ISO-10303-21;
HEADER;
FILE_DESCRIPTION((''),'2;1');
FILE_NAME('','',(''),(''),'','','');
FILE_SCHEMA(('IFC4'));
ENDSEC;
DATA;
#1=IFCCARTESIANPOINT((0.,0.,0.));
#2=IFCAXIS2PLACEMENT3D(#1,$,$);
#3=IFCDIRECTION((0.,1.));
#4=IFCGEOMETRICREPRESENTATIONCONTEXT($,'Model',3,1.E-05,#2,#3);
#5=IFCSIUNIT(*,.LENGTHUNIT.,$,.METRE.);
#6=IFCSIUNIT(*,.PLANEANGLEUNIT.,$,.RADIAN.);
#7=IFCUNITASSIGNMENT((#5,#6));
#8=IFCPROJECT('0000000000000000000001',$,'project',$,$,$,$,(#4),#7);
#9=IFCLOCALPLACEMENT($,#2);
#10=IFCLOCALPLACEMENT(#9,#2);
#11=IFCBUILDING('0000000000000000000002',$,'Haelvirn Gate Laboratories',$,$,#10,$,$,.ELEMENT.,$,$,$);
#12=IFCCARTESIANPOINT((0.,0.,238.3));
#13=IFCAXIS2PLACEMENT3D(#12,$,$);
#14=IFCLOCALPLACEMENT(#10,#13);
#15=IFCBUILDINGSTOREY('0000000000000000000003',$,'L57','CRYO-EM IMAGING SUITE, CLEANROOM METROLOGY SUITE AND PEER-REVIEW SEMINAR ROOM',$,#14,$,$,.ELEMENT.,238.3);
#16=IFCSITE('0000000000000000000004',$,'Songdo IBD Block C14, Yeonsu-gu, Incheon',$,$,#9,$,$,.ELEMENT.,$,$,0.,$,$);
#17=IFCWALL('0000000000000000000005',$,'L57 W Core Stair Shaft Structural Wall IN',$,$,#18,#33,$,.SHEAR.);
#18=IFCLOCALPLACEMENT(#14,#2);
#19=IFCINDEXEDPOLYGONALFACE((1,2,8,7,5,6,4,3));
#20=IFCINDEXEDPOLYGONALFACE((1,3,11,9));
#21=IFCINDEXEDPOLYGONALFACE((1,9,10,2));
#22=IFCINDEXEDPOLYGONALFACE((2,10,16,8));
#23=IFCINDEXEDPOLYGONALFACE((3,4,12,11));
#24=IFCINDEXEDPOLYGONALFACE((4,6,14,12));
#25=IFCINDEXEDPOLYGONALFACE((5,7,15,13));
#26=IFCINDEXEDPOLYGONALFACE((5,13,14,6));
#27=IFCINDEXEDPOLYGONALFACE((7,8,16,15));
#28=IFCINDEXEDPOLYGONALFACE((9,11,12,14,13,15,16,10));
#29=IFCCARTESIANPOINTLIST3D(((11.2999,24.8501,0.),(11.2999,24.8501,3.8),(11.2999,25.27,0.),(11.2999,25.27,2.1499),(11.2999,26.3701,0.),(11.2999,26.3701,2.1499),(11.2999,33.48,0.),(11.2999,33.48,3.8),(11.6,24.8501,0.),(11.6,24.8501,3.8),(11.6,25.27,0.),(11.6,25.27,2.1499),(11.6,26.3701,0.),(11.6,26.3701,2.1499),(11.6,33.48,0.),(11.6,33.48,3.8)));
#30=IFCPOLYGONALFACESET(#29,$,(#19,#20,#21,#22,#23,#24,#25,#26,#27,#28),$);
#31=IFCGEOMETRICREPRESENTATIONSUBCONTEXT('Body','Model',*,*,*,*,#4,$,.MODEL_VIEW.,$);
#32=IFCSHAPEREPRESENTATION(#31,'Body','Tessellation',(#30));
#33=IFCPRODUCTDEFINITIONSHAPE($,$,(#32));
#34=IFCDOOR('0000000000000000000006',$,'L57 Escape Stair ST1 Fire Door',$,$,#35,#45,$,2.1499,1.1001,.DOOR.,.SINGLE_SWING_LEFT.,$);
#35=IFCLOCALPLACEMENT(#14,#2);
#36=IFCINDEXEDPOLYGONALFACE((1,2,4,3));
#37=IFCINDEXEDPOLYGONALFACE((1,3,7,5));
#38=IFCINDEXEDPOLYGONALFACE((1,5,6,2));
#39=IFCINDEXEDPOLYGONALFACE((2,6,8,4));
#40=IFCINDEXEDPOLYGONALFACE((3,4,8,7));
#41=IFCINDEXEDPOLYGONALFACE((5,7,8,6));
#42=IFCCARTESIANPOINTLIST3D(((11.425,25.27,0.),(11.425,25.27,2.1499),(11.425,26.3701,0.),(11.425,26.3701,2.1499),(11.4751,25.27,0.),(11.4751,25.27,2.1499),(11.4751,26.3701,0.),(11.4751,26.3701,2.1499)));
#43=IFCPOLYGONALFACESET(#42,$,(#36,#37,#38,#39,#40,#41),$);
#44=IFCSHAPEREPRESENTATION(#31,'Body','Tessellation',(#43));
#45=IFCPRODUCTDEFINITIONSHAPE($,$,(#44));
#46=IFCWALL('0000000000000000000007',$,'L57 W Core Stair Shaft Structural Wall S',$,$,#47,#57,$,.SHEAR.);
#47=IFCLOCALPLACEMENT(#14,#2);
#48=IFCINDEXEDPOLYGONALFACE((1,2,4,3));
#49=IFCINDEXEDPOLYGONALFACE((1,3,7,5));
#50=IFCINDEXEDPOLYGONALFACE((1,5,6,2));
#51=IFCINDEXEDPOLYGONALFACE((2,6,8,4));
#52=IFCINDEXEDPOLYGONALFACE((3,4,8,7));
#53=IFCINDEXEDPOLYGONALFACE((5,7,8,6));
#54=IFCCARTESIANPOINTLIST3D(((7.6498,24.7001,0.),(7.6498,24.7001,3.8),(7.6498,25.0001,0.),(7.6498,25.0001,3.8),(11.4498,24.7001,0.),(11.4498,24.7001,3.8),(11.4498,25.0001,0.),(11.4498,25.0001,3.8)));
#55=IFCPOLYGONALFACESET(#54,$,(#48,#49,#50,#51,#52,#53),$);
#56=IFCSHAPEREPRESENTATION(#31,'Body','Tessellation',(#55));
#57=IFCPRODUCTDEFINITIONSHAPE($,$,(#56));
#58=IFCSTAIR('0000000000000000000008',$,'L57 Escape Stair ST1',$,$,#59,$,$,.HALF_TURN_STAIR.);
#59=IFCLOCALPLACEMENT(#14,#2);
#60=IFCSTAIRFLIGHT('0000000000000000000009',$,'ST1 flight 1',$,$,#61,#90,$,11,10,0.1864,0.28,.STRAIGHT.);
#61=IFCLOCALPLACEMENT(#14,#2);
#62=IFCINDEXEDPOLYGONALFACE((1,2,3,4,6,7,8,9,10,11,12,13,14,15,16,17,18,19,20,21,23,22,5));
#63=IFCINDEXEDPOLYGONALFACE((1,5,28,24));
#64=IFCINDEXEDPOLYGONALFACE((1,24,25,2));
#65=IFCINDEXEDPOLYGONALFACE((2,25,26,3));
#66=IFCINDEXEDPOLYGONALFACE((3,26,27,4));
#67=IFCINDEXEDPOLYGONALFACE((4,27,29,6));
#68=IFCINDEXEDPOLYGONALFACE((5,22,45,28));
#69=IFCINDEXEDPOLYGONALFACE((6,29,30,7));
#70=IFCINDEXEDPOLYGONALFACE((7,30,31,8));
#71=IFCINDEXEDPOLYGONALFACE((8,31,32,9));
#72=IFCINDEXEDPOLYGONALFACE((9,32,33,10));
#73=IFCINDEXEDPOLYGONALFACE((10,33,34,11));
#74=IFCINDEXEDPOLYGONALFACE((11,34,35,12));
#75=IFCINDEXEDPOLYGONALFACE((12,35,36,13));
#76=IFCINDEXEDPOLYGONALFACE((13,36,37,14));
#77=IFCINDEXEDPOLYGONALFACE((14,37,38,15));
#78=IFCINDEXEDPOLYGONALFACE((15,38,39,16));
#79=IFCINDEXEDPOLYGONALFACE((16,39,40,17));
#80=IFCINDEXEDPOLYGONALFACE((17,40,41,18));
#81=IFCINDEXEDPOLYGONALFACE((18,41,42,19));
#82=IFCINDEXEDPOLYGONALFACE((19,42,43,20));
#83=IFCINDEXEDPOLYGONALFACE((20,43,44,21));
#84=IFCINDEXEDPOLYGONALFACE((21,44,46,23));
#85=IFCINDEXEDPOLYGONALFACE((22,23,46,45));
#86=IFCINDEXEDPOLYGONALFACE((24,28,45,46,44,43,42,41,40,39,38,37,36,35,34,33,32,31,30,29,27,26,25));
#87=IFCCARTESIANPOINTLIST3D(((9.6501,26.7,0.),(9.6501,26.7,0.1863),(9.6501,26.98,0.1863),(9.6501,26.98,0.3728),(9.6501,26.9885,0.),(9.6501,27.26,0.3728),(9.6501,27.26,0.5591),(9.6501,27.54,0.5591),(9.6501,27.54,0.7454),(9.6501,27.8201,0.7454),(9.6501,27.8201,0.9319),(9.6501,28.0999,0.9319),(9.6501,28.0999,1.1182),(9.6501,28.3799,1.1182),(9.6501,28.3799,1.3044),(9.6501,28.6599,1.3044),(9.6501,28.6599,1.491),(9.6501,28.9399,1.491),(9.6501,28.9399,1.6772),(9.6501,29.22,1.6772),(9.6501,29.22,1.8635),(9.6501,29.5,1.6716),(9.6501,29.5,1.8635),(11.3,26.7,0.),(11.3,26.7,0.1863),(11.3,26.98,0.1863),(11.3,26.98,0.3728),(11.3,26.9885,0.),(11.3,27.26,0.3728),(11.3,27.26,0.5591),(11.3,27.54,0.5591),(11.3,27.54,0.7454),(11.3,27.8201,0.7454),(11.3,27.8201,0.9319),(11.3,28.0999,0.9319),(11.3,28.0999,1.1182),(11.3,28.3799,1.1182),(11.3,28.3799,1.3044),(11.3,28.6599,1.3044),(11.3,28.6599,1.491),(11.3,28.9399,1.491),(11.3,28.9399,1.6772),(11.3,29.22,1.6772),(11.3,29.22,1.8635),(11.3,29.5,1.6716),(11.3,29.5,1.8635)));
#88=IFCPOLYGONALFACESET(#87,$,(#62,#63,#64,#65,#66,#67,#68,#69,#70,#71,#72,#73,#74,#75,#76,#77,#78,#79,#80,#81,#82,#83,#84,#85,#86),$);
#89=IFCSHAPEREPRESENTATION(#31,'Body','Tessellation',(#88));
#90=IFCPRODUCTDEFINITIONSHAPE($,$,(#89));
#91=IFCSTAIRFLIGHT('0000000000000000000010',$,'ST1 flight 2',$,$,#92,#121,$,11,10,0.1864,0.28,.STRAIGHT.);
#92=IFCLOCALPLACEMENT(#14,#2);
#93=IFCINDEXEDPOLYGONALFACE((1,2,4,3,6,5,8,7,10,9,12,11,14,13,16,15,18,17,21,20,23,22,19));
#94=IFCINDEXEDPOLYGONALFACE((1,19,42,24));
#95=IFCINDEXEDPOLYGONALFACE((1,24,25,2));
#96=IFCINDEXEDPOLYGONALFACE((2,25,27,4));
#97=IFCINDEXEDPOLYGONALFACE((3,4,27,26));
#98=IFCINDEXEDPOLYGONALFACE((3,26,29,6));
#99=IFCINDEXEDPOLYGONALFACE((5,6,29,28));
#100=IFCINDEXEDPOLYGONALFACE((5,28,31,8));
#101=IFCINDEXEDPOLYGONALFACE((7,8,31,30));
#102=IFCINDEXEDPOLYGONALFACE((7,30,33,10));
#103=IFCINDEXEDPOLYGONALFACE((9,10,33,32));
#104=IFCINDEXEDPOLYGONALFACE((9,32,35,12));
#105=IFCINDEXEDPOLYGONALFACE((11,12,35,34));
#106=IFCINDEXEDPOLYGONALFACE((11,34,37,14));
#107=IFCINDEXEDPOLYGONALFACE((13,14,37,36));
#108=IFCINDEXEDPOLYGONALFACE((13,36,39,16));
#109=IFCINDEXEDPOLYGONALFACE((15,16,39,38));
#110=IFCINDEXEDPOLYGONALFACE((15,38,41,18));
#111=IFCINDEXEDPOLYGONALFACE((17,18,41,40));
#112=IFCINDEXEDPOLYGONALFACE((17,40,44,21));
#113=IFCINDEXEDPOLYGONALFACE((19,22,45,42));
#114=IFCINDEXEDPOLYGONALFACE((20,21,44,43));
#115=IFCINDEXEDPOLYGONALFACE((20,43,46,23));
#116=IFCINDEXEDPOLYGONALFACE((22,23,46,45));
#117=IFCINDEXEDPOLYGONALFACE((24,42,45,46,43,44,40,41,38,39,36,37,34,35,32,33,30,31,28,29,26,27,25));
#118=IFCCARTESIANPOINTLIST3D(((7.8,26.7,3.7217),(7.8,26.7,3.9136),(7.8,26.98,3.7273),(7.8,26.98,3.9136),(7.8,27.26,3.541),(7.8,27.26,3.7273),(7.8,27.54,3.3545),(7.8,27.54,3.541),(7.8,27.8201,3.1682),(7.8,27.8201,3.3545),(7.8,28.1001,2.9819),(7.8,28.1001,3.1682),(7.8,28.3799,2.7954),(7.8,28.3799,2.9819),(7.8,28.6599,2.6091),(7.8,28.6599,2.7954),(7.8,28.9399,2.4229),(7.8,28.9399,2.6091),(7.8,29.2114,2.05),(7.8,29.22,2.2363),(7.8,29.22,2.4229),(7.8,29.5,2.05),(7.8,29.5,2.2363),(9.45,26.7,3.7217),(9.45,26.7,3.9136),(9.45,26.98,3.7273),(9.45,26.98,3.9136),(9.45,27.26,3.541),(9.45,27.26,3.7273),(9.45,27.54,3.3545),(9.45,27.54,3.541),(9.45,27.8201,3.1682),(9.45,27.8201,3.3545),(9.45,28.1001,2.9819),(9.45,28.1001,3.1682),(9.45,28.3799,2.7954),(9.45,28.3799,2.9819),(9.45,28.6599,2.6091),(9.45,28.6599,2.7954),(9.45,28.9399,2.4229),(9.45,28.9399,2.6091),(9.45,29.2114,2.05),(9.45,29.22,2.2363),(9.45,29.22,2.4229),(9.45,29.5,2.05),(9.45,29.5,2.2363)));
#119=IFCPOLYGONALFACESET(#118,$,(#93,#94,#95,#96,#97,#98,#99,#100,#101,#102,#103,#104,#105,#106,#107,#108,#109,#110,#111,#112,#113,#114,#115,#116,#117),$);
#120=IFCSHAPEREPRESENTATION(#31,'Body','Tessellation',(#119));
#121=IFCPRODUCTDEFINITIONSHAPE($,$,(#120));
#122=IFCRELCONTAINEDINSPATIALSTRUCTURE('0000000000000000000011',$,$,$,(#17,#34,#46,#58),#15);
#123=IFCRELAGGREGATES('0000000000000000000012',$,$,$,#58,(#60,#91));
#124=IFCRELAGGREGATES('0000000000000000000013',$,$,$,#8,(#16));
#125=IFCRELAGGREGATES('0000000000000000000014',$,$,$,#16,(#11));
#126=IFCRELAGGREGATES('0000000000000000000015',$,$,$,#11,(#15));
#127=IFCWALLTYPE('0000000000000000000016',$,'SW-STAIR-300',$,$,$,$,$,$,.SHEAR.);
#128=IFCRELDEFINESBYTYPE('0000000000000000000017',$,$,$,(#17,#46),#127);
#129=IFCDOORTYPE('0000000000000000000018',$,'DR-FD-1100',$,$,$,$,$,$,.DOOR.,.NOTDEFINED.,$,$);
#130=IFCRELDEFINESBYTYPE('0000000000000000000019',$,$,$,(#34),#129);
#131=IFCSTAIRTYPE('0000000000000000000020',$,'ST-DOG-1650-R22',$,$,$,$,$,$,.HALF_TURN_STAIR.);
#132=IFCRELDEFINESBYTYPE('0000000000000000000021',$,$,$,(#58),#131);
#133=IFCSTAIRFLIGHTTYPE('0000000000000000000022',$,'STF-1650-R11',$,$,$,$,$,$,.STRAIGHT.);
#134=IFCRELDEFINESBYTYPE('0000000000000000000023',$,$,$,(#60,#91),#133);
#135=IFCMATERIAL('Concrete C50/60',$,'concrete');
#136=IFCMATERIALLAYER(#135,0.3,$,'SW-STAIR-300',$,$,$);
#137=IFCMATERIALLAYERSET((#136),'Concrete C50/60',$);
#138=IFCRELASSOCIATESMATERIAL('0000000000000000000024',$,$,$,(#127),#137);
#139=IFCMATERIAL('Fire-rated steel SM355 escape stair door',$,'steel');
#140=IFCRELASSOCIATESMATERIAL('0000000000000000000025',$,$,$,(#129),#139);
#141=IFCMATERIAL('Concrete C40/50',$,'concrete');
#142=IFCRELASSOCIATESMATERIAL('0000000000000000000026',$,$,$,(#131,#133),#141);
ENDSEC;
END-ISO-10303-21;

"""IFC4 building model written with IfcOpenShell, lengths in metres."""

from ifc_helpers import new_model, si_unit, direction, frame, frame_2d, origin, place, context, subcontext, project, spatial, polyline, rectangle, outline, extrude, source, transform, mapped, material, layer, layer_set, type_object, type_shapes, element, fill, aggregate, save


model = new_model("IFC4")

# Units and contexts
model_context = context("Model", 3, precision=1e-05, world=origin(), true_north=direction((0.0, 1.0)))
body_context = subcontext(model_context, "Body", "Model", "MODEL_VIEW")
ifc_project = project(units=[si_unit("LENGTHUNIT", "METRE"), si_unit("PLANEANGLEUNIT", "RADIAN")], contexts=[model_context])

# Site, building, storey
site_placement = place(None, origin())
site = spatial("IfcSite", under=ifc_project, at=site_placement, Name="Songdo IBD Block C14, Yeonsu-gu, Incheon", CompositionType="ELEMENT", RefElevation=0.0)
building_placement = place(site_placement, origin())
building = spatial("IfcBuilding", under=site, at=building_placement, Name="Haelvirn Gate Laboratories", CompositionType="ELEMENT")
storey_placement = place(building_placement, frame((0.0, 0.0, 238.3)))
storey = spatial("IfcBuildingStorey", under=building, at=storey_placement, Name="L57", Description="CRYO-EM IMAGING SUITE, CLEANROOM METROLOGY SUITE AND PEER-REVIEW SEMINAR ROOM", CompositionType="ELEMENT", Elevation=238.3)

# Shared definitions
ifc_material_1 = material(Name="Concrete C50/60", Category="concrete")

# Shared definitions
ifc_material_2 = material(Name="Concrete C40/50", Category="concrete")

# Wall, opening, door
ifc_layer_1 = layer(ifc_material_1, 0.3, Name="SW-STAIR-300")
ifc_layer_set_1 = layer_set([ifc_layer_1], Name="Concrete C50/60")
wall_type_1 = type_object("IfcWallType", Name="SW-STAIR-300", PredefinedType="SHEAR", material=ifc_layer_set_1)
wall_1_placement = place(storey_placement, frame((11.45, 24.8501, 0.0), z_axis=(0.0, 0.0, 1.0), x_axis=(0.0, 1.0, 0.0)))
wall_1 = element("IfcWall", 1, at=wall_1_placement, inside=storey, type_object=wall_type_1, Name="L57 W Core Stair Shaft Structural Wall IN", PredefinedType="SHEAR", context=body_context, shape_type="SweptSolid", body=[
    extrude(rectangle(XDim=8.6299, YDim=0.3, at=frame_2d((4.3149, 0.0))), origin(), (0.0, 0.0, 1.0), 3.8),
])
opening_1_placement = place(wall_1_placement, frame((0.4199, 0.0, 0.0)))
opening_1 = element("IfcOpeningElement", 2, at=opening_1_placement, cuts=wall_1, PredefinedType="OPENING", context=body_context, shape_type="SweptSolid", body=[
    extrude(rectangle(XDim=1.1001, YDim=2.1499, at=frame_2d((0.55, 1.075))), frame((0.0, 0.1602, 0.0), z_axis=(0.0, -1.0, 0.0), x_axis=(1.0, 0.0, 0.0)), (0.0, 0.0, 1.0), 0.3201),
])
ifc_material_3 = material(Name="Fire-rated steel SM355 escape stair door", Category="steel")
door_type_1 = type_object("IfcDoorType", Name="DR-FD-1100", OperationType="NOTDEFINED", PredefinedType="DOOR", material=ifc_material_3)
shared_shape_1 = source(origin(), body_context, "Body", "SweptSolid", [
    extrude(rectangle(XDim=1.1001, YDim=2.1499, at=frame_2d((0.55, 1.075))), frame((0.0, 0.0249, 0.0), z_axis=(0.0, -1.0, 0.0), x_axis=(1.0, 0.0, 0.0)), (0.0, 0.0, 1.0), 0.05),
])
type_shapes(door_type_1, [shared_shape_1])
door_1_placement = place(opening_1_placement, origin())
door_1 = element("IfcDoor", 3, at=door_1_placement, inside=storey, type_object=door_type_1, Name="L57 Escape Stair ST1 Fire Door", OperationType="SINGLE_SWING_LEFT", OverallHeight=2.1499, OverallWidth=1.1001, PredefinedType="DOOR", context=body_context, shape_type="MappedRepresentation", body=[
    mapped(shared_shape_1, transform((0.0, 0.0, 0.0), scale=1.0)),
])
fill(opening_1, door_1)

# Wall
wall_2_placement = place(storey_placement, frame((7.6499, 24.8501, 0.0), z_axis=(0.0, 0.0, 1.0), x_axis=(1.0, 0.0, 0.0)))
element("IfcWall", 4, at=wall_2_placement, inside=storey, type_object=wall_type_1, Name="L57 W Core Stair Shaft Structural Wall S", PredefinedType="SHEAR", context=body_context, shape_type="SweptSolid", body=[
    extrude(rectangle(XDim=3.8, YDim=0.3, at=frame_2d((1.8999, 0.0))), origin(), (0.0, 0.0, 1.0), 3.8),
])

# Stair, stair flights
stair_type = type_object("IfcStairType", Name="ST-DOG-1650-R22", PredefinedType="HALF_TURN_STAIR", material=ifc_material_2)
stair_placement = place(storey_placement, origin())
stair = element("IfcStair", 5, at=stair_placement, inside=storey, type_object=stair_type, Name="L57 Escape Stair ST1", PredefinedType="HALF_TURN_STAIR")
stair_flight_type = type_object("IfcStairFlightType", Name="STF-1650-R11", PredefinedType="STRAIGHT", material=ifc_material_2)
shared_shape_2 = source(origin(), body_context, "Body", "SweptSolid", [
    extrude(outline(polyline([(0.0, 0.0), (0.0, 0.1863), (0.28, 0.1863), (0.28, 0.3728), (0.5601, 0.3728), (0.5601, 0.5591), (0.8401, 0.5591), (0.8401, 0.7454), (1.1201, 0.7454), (1.1201, 0.9319), (1.3999, 0.9319), (1.3999, 1.1182), (1.6799, 1.1182), (1.6799, 1.3044), (1.96, 1.3044), (1.96, 1.491), (2.24, 1.491), (2.24, 1.6772), (2.52, 1.6772), (2.52, 1.8635), (2.8, 1.8635), (2.8, 2.05), (2.8, 1.6716), (0.2886, 0.0), (0.0, 0.0)])), frame((0.0, 0.825, 0.0), z_axis=(0.0, -1.0, 0.0), x_axis=(1.0, 0.0, 0.0)), (0.0, 0.0, 1.0), 1.6499),
])
type_shapes(stair_flight_type, [shared_shape_2])
stair_flight_1_placement = place(storey_placement, frame((10.4751, 26.7, 0.0), z_axis=(0.0, 0.0, 1.0), x_axis=(0.0, 1.0, 0.0)))
stair_flight_1 = element("IfcStairFlight", 6, at=stair_flight_1_placement, type_object=stair_flight_type, Name="ST1 flight 1", NumberOfRisers=11, NumberOfTreads=10, PredefinedType="STRAIGHT", RiserHeight=0.1864, TreadLength=0.28, context=body_context, shape_type="MappedRepresentation", body=[
    mapped(shared_shape_2, transform((0.0, 0.0, 0.0), scale=1.0)),
])
stair_flight_2_placement = place(storey_placement, frame((8.625, 29.5, 2.05), z_axis=(0.0, 0.0, 1.0), x_axis=(0.0, -1.0, 0.0)))
stair_flight_2 = element("IfcStairFlight", 7, at=stair_flight_2_placement, type_object=stair_flight_type, Name="ST1 flight 2", NumberOfRisers=11, NumberOfTreads=10, PredefinedType="STRAIGHT", RiserHeight=0.1864, TreadLength=0.28, context=body_context, shape_type="MappedRepresentation", body=[
    mapped(shared_shape_2, transform((0.0, 0.0, 0.0), scale=1.0)),
])
aggregate(stair, [stair_flight_1, stair_flight_2])

save(model, "model.ifc")
